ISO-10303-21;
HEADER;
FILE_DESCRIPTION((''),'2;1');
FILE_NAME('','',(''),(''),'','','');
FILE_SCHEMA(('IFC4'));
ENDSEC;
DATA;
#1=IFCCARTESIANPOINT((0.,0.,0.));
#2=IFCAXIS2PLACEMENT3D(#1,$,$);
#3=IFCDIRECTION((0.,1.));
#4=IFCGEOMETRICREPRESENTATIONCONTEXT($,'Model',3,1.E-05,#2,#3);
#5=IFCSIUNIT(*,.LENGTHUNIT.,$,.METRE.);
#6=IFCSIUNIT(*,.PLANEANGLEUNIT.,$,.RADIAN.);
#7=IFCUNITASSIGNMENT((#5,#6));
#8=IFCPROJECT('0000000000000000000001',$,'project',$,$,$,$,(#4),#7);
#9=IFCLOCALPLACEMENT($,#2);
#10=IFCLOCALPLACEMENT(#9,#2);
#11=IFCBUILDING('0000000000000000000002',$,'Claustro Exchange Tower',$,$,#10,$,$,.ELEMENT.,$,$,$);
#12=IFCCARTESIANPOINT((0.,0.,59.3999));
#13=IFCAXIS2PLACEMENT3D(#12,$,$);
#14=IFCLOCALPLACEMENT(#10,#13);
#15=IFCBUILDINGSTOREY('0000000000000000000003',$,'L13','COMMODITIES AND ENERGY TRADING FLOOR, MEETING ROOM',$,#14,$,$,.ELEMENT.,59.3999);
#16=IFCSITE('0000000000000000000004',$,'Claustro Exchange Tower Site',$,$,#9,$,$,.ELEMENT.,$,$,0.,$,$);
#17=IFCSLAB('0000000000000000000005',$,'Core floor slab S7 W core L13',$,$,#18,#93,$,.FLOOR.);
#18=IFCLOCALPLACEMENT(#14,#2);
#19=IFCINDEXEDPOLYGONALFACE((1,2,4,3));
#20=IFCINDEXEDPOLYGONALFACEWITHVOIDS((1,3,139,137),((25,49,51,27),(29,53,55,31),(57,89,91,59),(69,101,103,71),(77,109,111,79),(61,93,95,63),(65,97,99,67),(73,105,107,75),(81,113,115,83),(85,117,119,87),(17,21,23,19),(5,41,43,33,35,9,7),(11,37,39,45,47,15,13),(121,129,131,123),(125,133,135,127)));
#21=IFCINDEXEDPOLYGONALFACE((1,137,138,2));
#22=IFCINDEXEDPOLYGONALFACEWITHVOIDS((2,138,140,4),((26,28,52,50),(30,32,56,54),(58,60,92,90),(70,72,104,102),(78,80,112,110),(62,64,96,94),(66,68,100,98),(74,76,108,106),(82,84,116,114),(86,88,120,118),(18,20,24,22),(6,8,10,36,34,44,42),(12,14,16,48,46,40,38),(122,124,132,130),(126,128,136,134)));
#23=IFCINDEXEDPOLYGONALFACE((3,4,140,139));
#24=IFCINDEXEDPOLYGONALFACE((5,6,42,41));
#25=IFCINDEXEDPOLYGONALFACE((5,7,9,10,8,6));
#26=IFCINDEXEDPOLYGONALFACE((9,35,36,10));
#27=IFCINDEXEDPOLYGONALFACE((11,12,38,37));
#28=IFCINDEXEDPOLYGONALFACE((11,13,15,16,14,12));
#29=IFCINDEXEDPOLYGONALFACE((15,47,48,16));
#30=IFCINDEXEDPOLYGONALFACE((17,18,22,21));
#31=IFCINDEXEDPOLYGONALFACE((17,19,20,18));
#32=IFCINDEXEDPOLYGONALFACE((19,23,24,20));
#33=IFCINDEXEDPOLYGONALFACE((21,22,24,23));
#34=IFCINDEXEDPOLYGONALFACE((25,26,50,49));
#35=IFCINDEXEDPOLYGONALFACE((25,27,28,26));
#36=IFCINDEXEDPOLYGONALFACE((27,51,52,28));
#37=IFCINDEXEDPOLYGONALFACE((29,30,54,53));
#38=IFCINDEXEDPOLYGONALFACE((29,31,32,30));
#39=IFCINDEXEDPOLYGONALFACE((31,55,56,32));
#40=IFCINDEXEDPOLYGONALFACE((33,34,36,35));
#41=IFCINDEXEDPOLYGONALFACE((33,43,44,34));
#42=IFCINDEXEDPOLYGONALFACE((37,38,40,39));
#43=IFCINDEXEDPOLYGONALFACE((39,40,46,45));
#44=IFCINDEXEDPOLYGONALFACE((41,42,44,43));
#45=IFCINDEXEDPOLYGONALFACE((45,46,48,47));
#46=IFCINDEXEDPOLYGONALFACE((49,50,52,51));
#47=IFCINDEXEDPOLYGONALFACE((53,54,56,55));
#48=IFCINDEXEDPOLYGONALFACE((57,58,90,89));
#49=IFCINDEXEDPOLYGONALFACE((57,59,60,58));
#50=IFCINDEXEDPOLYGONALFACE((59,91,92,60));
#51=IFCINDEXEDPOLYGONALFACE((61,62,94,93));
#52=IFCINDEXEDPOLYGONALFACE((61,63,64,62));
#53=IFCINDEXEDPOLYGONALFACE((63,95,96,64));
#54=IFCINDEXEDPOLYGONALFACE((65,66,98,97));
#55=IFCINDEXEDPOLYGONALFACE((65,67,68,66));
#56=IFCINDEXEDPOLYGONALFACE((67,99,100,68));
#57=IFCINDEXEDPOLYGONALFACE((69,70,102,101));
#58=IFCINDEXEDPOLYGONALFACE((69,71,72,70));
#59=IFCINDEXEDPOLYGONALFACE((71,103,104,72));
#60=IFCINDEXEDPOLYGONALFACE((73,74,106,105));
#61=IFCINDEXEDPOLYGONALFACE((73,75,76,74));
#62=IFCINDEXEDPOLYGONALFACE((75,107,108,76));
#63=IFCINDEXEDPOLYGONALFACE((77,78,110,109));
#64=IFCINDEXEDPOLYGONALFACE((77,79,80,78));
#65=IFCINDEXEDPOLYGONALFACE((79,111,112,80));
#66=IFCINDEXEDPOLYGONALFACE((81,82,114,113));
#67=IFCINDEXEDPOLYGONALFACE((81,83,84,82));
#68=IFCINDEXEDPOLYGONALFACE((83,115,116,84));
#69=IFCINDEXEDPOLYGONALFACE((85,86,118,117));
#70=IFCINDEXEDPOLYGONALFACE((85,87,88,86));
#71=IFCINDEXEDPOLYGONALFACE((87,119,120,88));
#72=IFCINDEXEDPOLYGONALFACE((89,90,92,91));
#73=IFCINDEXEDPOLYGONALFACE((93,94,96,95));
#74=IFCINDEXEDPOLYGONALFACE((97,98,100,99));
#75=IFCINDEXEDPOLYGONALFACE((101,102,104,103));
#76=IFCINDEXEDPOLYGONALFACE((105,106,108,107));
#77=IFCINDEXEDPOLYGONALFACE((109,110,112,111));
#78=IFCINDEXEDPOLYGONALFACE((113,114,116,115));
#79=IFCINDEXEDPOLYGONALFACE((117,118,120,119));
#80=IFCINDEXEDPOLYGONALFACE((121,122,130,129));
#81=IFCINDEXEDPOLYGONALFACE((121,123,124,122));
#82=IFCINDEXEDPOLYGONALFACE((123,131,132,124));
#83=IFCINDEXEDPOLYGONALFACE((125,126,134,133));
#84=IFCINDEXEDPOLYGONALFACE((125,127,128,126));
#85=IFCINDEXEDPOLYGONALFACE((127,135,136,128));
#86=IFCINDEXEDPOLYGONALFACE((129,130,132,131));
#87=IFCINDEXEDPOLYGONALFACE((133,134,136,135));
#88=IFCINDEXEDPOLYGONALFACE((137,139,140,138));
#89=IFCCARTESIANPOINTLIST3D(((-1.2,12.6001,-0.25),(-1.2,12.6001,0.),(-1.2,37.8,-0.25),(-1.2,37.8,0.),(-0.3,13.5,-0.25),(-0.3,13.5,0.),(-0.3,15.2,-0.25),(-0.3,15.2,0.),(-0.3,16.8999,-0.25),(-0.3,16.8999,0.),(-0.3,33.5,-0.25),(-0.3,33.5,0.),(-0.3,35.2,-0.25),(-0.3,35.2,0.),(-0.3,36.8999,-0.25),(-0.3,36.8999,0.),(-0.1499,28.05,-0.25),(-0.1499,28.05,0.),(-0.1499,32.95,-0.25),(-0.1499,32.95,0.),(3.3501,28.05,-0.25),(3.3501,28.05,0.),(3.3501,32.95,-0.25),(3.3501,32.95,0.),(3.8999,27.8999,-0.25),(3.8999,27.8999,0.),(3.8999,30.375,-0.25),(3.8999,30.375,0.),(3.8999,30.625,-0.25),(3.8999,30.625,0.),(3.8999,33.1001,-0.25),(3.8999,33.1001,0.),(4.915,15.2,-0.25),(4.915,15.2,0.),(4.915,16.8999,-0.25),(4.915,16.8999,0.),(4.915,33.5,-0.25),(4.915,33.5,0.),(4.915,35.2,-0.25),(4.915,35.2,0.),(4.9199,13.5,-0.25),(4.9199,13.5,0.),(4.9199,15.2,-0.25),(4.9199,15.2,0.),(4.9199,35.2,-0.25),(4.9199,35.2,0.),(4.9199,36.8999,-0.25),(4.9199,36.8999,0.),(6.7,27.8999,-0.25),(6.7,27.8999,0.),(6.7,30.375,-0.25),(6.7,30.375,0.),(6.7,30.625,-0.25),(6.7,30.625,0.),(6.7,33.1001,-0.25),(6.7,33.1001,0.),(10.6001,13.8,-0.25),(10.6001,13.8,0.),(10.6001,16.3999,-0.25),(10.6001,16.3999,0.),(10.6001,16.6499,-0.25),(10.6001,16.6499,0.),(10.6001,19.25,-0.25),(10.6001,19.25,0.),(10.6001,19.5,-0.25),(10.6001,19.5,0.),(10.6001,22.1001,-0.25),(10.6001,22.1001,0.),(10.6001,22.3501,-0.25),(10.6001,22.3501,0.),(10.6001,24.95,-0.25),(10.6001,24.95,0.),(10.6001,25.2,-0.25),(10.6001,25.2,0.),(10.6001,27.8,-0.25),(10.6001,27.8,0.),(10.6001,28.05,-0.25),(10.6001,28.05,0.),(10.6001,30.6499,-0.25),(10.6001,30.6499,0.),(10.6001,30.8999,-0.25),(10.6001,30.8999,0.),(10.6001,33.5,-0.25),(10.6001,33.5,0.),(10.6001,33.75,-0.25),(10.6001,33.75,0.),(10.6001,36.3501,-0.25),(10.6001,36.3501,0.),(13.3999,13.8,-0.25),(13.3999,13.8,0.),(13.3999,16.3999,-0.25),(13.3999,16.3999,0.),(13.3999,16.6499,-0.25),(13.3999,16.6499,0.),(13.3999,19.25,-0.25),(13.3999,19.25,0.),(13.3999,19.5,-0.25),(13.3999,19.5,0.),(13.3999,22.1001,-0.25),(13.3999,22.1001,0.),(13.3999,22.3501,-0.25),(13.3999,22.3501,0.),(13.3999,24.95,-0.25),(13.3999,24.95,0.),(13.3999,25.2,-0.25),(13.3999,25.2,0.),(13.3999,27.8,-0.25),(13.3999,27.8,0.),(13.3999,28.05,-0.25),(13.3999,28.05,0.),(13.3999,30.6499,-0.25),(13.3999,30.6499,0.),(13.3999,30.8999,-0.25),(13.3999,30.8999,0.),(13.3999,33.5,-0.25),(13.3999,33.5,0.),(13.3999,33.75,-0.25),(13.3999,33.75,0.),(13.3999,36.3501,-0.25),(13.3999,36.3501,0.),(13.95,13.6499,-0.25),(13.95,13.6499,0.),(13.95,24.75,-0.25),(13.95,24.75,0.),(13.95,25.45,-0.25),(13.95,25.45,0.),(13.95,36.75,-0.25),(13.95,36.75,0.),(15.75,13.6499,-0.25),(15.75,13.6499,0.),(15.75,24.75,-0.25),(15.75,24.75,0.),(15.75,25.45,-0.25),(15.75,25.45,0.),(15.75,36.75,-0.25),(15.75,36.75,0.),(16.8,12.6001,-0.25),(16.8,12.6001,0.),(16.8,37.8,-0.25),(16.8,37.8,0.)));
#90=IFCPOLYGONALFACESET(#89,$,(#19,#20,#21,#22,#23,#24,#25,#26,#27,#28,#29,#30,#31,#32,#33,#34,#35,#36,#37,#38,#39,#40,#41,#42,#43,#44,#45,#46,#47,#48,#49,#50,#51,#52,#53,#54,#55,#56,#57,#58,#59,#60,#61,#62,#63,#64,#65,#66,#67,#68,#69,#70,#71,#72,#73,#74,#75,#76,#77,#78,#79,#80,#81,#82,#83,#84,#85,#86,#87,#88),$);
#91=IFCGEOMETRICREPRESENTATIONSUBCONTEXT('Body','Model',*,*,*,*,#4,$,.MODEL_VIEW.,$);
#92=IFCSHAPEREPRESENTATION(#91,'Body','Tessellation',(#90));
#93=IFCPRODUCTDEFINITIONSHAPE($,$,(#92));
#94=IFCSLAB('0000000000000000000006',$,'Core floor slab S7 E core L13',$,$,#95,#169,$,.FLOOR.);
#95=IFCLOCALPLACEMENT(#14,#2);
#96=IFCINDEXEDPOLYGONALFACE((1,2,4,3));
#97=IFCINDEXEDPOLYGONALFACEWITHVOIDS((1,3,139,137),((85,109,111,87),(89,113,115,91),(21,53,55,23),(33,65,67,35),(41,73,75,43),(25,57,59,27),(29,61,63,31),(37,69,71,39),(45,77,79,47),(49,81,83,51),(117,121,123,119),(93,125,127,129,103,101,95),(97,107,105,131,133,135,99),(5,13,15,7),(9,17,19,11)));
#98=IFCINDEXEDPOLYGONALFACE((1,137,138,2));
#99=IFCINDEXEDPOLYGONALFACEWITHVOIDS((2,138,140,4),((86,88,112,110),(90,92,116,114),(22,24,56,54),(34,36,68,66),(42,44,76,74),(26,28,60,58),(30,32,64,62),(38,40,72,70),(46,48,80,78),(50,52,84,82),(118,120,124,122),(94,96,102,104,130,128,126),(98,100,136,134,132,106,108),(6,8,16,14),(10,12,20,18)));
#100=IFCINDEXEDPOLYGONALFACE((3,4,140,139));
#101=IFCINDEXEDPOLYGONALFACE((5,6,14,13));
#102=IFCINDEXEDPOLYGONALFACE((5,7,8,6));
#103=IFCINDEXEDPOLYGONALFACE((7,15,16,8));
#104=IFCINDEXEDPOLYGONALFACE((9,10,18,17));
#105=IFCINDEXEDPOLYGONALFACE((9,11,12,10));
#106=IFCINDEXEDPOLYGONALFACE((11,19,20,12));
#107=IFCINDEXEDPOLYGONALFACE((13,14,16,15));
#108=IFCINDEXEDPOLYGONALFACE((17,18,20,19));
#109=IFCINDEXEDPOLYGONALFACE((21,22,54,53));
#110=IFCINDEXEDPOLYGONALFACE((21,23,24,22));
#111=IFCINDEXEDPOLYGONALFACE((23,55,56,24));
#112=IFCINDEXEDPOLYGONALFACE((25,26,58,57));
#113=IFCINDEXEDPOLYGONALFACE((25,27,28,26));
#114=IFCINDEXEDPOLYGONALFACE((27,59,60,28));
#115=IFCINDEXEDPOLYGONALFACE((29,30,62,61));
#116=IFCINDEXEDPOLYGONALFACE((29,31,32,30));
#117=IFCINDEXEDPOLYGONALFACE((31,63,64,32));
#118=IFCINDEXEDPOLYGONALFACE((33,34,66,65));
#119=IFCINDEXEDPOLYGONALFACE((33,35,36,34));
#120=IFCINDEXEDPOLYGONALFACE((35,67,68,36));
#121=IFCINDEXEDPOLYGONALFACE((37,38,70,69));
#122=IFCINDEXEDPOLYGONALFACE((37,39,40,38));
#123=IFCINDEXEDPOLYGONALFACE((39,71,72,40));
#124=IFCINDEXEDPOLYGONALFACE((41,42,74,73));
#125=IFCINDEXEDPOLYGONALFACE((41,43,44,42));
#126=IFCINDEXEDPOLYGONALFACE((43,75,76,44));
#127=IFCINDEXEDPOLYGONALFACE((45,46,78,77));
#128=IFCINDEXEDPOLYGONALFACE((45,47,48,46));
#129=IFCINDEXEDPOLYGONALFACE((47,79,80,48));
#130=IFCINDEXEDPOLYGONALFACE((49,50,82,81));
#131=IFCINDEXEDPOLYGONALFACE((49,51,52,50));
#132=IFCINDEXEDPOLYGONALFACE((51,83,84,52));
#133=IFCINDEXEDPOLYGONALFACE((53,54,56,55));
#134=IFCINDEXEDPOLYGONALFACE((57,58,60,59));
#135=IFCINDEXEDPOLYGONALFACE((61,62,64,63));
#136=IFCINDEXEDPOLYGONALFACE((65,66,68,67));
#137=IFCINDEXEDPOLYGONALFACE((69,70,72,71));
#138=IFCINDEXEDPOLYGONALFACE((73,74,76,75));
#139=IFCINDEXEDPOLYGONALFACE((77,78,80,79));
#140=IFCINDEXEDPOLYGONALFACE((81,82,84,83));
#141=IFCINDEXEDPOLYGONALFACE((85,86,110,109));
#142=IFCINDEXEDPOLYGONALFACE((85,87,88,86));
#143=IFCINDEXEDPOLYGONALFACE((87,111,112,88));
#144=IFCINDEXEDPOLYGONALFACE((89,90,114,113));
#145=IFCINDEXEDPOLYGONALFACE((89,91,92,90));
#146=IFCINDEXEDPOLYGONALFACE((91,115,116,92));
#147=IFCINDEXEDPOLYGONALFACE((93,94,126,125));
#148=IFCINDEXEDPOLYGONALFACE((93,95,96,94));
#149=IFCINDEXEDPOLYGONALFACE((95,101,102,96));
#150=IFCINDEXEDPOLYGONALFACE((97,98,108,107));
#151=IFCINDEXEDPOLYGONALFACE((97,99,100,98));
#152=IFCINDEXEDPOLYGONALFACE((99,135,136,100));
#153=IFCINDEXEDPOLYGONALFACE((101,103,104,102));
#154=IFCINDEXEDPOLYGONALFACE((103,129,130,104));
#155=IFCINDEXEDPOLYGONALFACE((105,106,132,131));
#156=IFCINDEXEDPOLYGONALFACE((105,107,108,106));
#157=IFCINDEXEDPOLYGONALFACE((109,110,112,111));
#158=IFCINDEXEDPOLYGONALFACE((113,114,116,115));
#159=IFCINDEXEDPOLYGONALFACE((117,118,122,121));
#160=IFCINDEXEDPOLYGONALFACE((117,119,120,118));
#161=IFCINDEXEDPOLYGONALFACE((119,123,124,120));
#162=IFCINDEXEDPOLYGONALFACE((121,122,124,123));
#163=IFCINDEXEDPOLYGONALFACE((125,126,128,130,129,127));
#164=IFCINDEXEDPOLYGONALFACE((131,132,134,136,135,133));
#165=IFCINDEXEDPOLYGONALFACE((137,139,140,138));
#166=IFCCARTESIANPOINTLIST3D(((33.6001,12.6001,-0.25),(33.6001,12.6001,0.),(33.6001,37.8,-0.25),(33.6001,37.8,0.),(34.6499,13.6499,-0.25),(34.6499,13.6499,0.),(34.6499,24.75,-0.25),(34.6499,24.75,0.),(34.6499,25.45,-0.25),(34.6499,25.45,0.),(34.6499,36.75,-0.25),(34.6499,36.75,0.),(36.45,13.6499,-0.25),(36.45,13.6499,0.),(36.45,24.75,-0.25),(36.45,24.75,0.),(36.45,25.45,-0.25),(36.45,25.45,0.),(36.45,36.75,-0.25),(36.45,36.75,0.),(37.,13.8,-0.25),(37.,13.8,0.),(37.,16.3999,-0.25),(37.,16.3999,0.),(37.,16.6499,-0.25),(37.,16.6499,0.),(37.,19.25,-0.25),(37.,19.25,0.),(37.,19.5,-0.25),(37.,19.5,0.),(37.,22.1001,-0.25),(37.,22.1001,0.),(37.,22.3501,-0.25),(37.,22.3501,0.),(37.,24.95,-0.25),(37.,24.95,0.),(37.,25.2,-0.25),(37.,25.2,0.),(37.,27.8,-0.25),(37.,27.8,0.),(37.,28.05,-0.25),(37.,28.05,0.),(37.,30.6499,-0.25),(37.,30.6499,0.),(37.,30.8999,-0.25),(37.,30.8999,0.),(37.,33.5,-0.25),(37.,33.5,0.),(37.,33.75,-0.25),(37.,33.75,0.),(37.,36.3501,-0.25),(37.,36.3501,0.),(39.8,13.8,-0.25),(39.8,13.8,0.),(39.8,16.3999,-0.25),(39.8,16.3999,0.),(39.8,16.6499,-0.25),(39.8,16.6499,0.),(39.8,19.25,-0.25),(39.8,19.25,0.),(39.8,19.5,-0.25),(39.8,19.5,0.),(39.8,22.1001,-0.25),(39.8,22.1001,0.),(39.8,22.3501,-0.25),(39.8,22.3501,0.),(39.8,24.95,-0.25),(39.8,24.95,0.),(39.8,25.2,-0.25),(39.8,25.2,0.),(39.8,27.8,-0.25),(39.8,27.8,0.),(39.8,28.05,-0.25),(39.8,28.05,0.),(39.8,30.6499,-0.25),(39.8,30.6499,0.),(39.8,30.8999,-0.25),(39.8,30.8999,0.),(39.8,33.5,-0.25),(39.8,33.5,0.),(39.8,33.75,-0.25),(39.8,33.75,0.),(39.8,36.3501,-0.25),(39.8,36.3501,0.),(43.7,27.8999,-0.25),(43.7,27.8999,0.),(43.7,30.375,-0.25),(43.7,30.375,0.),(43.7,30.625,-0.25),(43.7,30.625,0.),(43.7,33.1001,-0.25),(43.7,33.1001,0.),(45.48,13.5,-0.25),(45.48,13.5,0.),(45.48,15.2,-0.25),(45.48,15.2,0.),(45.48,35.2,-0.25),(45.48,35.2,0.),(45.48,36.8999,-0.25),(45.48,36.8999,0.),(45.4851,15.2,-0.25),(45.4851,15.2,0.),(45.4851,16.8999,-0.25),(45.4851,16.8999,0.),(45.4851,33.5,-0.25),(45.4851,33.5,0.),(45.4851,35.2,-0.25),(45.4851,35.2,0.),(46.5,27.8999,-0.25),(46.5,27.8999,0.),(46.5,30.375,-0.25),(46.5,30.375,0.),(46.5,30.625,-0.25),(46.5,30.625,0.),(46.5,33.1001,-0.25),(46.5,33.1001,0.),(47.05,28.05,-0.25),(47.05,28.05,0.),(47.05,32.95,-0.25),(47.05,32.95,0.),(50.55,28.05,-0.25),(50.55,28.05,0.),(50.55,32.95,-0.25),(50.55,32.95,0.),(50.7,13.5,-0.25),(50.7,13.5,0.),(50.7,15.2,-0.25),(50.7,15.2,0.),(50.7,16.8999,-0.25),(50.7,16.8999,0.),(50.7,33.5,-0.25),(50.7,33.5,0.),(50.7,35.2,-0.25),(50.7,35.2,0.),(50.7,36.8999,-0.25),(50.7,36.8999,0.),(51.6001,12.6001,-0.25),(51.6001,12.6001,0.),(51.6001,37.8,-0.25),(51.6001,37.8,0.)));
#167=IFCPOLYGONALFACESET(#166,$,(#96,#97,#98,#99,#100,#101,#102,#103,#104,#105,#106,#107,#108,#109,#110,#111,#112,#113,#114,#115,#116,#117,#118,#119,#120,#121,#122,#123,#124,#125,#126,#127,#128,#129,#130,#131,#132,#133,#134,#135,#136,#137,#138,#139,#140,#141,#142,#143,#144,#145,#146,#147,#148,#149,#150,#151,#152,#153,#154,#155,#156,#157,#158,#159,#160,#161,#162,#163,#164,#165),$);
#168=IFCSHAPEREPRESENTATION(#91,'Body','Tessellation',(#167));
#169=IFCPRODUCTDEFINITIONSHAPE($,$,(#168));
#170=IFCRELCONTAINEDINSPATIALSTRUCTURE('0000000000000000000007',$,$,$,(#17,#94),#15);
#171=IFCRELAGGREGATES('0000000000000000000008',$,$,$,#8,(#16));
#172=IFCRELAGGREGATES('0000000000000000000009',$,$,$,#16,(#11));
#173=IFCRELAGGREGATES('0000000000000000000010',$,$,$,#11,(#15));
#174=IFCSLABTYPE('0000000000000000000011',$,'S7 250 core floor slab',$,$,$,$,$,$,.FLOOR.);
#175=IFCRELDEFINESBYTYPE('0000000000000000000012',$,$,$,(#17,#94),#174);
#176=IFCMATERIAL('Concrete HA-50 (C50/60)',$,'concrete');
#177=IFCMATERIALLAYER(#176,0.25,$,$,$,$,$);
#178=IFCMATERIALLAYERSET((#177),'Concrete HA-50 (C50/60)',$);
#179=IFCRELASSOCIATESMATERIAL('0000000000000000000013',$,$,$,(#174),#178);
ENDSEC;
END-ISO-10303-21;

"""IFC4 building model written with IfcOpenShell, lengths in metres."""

from ifc_helpers import new_model, si_unit, direction, frame, origin, place, context, subcontext, project, spatial, polyline, outline, extrude, material, layer, layer_set, type_object, element, save


model = new_model("IFC4")

# Units and contexts
model_context = context("Model", 3, precision=1e-05, world=origin(), true_north=direction((0.0, 1.0)))
body_context = subcontext(model_context, "Body", "Model", "MODEL_VIEW")
ifc_project = project(units=[si_unit("LENGTHUNIT", "METRE"), si_unit("PLANEANGLEUNIT", "RADIAN")], contexts=[model_context])

# Site, building, storey
site_placement = place(None, origin())
site = spatial("IfcSite", under=ifc_project, at=site_placement, Name="Claustro Exchange Tower Site", CompositionType="ELEMENT", RefElevation=0.0)
building_placement = place(site_placement, origin())
building = spatial("IfcBuilding", under=site, at=building_placement, Name="Claustro Exchange Tower", CompositionType="ELEMENT")
storey_placement = place(building_placement, frame((0.0, 0.0, 59.3999)))
storey = spatial("IfcBuildingStorey", under=building, at=storey_placement, Name="L13", Description="COMMODITIES AND ENERGY TRADING FLOOR, MEETING ROOM", CompositionType="ELEMENT", Elevation=59.3999)

# Slabs
ifc_material_1 = material(Name="Concrete HA-50 (C50/60)", Category="concrete")
ifc_layer_1 = layer(ifc_material_1, 0.25)
ifc_layer_set_1 = layer_set([ifc_layer_1], Name="Concrete HA-50 (C50/60)")
slab_type_1 = type_object("IfcSlabType", Name="S7 250 core floor slab", PredefinedType="FLOOR", material=ifc_layer_set_1)
slab_1_placement = place(storey_placement, frame((0.0, 0.0, -0.25)))
element("IfcSlab", 1, at=slab_1_placement, inside=storey, type_object=slab_type_1, Name="Core floor slab S7 W core L13", PredefinedType="FLOOR", context=body_context, shape_type="SweptSolid", body=[
    extrude(outline(polyline([(-1.2, 12.6001), (16.8, 12.6001), (16.8, 37.8), (-1.2, 37.8), (-1.2, 12.6001)]), holes=[polyline([(15.75, 24.75), (15.75, 13.6499), (13.95, 13.6499), (13.95, 24.75), (15.75, 24.75)]), polyline([(15.75, 36.75), (15.75, 25.45), (13.95, 25.45), (13.95, 36.75), (15.75, 36.75)]), polyline([(10.6001, 16.3999), (13.3999, 16.3999), (13.3999, 13.8), (10.6001, 13.8), (10.6001, 16.3999)]), polyline([(13.3999, 19.25), (13.3999, 16.6499), (10.6001, 16.6499), (10.6001, 19.25), (13.3999, 19.25)]), polyline([(13.3999, 22.1001), (13.3999, 19.5), (10.6001, 19.5), (10.6001, 22.1001), (13.3999, 22.1001)]), polyline([(13.3999, 24.95), (13.3999, 22.3501), (10.6001, 22.3501), (10.6001, 24.95), (13.3999, 24.95)]), polyline([(13.3999, 27.8), (13.3999, 25.2), (10.6001, 25.2), (10.6001, 27.8), (13.3999, 27.8)]), polyline([(13.3999, 30.6499), (13.3999, 28.05), (10.6001, 28.05), (10.6001, 30.6499), (13.3999, 30.6499)]), polyline([(13.3999, 33.5), (13.3999, 30.8999), (10.6001, 30.8999), (10.6001, 33.5), (13.3999, 33.5)]), polyline([(13.3999, 36.3501), (13.3999, 33.75), (10.6001, 33.75), (10.6001, 36.3501), (13.3999, 36.3501)]), polyline([(6.7, 30.375), (6.7, 27.8999), (3.8999, 27.8999), (3.8999, 30.375), (6.7, 30.375)]), polyline([(6.7, 33.1001), (6.7, 30.625), (3.8999, 30.625), (3.8999, 33.1001), (6.7, 33.1001)]), polyline([(-0.3, 15.2), (-0.3, 16.8999), (4.915, 16.8999), (4.915, 15.2), (4.9199, 15.2), (4.9199, 13.5), (-0.3, 13.5), (-0.3, 15.2)]), polyline([(-0.3, 36.8999), (4.9199, 36.8999), (4.9199, 35.2), (4.915, 35.2), (4.915, 33.5), (-0.3, 33.5), (-0.3, 35.2), (-0.3, 36.8999)]), polyline([(3.3501, 32.95), (3.3501, 28.05), (-0.1499, 28.05), (-0.1499, 32.95), (3.3501, 32.95)])]), origin(), (0.0, 0.0, 1.0), 0.25),
])
slab_2_placement = place(storey_placement, frame((0.0, 0.0, -0.25)))
element("IfcSlab", 2, at=slab_2_placement, inside=storey, type_object=slab_type_1, Name="Core floor slab S7 E core L13", PredefinedType="FLOOR", context=body_context, shape_type="SweptSolid", body=[
    extrude(outline(polyline([(33.6001, 12.6001), (51.6001, 12.6001), (51.6001, 37.8), (33.6001, 37.8), (33.6001, 12.6001)]), holes=[polyline([(45.48, 35.2), (45.48, 36.8999), (50.7, 36.8999), (50.7, 35.2), (50.7, 33.5), (45.4851, 33.5), (45.4851, 35.2), (45.48, 35.2)]), polyline([(45.4851, 15.2), (45.4851, 16.8999), (50.7, 16.8999), (50.7, 15.2), (50.7, 13.5), (45.48, 13.5), (45.48, 15.2), (45.4851, 15.2)]), polyline([(50.55, 32.95), (50.55, 28.05), (47.05, 28.05), (47.05, 32.95), (50.55, 32.95)]), polyline([(46.5, 30.375), (46.5, 27.8999), (43.7, 27.8999), (43.7, 30.375), (46.5, 30.375)]), polyline([(46.5, 33.1001), (46.5, 30.625), (43.7, 30.625), (43.7, 33.1001), (46.5, 33.1001)]), polyline([(37.0, 16.3999), (39.8, 16.3999), (39.8, 13.8), (37.0, 13.8), (37.0, 16.3999)]), polyline([(39.8, 19.25), (39.8, 16.6499), (37.0, 16.6499), (37.0, 19.25), (39.8, 19.25)]), polyline([(39.8, 22.1001), (39.8, 19.5), (37.0, 19.5), (37.0, 22.1001), (39.8, 22.1001)]), polyline([(39.8, 24.95), (39.8, 22.3501), (37.0, 22.3501), (37.0, 24.95), (39.8, 24.95)]), polyline([(39.8, 27.8), (39.8, 25.2), (37.0, 25.2), (37.0, 27.8), (39.8, 27.8)]), polyline([(39.8, 30.6499), (39.8, 28.05), (37.0, 28.05), (37.0, 30.6499), (39.8, 30.6499)]), polyline([(39.8, 33.5), (39.8, 30.8999), (37.0, 30.8999), (37.0, 33.5), (39.8, 33.5)]), polyline([(39.8, 36.3501), (39.8, 33.75), (37.0, 33.75), (37.0, 36.3501), (39.8, 36.3501)]), polyline([(36.45, 24.75), (36.45, 13.6499), (34.6499, 13.6499), (34.6499, 24.75), (36.45, 24.75)]), polyline([(36.45, 36.75), (36.45, 25.45), (34.6499, 25.45), (34.6499, 36.75), (36.45, 36.75)])]), origin(), (0.0, 0.0, 1.0), 0.25),
])

save(model, "model.ifc")
